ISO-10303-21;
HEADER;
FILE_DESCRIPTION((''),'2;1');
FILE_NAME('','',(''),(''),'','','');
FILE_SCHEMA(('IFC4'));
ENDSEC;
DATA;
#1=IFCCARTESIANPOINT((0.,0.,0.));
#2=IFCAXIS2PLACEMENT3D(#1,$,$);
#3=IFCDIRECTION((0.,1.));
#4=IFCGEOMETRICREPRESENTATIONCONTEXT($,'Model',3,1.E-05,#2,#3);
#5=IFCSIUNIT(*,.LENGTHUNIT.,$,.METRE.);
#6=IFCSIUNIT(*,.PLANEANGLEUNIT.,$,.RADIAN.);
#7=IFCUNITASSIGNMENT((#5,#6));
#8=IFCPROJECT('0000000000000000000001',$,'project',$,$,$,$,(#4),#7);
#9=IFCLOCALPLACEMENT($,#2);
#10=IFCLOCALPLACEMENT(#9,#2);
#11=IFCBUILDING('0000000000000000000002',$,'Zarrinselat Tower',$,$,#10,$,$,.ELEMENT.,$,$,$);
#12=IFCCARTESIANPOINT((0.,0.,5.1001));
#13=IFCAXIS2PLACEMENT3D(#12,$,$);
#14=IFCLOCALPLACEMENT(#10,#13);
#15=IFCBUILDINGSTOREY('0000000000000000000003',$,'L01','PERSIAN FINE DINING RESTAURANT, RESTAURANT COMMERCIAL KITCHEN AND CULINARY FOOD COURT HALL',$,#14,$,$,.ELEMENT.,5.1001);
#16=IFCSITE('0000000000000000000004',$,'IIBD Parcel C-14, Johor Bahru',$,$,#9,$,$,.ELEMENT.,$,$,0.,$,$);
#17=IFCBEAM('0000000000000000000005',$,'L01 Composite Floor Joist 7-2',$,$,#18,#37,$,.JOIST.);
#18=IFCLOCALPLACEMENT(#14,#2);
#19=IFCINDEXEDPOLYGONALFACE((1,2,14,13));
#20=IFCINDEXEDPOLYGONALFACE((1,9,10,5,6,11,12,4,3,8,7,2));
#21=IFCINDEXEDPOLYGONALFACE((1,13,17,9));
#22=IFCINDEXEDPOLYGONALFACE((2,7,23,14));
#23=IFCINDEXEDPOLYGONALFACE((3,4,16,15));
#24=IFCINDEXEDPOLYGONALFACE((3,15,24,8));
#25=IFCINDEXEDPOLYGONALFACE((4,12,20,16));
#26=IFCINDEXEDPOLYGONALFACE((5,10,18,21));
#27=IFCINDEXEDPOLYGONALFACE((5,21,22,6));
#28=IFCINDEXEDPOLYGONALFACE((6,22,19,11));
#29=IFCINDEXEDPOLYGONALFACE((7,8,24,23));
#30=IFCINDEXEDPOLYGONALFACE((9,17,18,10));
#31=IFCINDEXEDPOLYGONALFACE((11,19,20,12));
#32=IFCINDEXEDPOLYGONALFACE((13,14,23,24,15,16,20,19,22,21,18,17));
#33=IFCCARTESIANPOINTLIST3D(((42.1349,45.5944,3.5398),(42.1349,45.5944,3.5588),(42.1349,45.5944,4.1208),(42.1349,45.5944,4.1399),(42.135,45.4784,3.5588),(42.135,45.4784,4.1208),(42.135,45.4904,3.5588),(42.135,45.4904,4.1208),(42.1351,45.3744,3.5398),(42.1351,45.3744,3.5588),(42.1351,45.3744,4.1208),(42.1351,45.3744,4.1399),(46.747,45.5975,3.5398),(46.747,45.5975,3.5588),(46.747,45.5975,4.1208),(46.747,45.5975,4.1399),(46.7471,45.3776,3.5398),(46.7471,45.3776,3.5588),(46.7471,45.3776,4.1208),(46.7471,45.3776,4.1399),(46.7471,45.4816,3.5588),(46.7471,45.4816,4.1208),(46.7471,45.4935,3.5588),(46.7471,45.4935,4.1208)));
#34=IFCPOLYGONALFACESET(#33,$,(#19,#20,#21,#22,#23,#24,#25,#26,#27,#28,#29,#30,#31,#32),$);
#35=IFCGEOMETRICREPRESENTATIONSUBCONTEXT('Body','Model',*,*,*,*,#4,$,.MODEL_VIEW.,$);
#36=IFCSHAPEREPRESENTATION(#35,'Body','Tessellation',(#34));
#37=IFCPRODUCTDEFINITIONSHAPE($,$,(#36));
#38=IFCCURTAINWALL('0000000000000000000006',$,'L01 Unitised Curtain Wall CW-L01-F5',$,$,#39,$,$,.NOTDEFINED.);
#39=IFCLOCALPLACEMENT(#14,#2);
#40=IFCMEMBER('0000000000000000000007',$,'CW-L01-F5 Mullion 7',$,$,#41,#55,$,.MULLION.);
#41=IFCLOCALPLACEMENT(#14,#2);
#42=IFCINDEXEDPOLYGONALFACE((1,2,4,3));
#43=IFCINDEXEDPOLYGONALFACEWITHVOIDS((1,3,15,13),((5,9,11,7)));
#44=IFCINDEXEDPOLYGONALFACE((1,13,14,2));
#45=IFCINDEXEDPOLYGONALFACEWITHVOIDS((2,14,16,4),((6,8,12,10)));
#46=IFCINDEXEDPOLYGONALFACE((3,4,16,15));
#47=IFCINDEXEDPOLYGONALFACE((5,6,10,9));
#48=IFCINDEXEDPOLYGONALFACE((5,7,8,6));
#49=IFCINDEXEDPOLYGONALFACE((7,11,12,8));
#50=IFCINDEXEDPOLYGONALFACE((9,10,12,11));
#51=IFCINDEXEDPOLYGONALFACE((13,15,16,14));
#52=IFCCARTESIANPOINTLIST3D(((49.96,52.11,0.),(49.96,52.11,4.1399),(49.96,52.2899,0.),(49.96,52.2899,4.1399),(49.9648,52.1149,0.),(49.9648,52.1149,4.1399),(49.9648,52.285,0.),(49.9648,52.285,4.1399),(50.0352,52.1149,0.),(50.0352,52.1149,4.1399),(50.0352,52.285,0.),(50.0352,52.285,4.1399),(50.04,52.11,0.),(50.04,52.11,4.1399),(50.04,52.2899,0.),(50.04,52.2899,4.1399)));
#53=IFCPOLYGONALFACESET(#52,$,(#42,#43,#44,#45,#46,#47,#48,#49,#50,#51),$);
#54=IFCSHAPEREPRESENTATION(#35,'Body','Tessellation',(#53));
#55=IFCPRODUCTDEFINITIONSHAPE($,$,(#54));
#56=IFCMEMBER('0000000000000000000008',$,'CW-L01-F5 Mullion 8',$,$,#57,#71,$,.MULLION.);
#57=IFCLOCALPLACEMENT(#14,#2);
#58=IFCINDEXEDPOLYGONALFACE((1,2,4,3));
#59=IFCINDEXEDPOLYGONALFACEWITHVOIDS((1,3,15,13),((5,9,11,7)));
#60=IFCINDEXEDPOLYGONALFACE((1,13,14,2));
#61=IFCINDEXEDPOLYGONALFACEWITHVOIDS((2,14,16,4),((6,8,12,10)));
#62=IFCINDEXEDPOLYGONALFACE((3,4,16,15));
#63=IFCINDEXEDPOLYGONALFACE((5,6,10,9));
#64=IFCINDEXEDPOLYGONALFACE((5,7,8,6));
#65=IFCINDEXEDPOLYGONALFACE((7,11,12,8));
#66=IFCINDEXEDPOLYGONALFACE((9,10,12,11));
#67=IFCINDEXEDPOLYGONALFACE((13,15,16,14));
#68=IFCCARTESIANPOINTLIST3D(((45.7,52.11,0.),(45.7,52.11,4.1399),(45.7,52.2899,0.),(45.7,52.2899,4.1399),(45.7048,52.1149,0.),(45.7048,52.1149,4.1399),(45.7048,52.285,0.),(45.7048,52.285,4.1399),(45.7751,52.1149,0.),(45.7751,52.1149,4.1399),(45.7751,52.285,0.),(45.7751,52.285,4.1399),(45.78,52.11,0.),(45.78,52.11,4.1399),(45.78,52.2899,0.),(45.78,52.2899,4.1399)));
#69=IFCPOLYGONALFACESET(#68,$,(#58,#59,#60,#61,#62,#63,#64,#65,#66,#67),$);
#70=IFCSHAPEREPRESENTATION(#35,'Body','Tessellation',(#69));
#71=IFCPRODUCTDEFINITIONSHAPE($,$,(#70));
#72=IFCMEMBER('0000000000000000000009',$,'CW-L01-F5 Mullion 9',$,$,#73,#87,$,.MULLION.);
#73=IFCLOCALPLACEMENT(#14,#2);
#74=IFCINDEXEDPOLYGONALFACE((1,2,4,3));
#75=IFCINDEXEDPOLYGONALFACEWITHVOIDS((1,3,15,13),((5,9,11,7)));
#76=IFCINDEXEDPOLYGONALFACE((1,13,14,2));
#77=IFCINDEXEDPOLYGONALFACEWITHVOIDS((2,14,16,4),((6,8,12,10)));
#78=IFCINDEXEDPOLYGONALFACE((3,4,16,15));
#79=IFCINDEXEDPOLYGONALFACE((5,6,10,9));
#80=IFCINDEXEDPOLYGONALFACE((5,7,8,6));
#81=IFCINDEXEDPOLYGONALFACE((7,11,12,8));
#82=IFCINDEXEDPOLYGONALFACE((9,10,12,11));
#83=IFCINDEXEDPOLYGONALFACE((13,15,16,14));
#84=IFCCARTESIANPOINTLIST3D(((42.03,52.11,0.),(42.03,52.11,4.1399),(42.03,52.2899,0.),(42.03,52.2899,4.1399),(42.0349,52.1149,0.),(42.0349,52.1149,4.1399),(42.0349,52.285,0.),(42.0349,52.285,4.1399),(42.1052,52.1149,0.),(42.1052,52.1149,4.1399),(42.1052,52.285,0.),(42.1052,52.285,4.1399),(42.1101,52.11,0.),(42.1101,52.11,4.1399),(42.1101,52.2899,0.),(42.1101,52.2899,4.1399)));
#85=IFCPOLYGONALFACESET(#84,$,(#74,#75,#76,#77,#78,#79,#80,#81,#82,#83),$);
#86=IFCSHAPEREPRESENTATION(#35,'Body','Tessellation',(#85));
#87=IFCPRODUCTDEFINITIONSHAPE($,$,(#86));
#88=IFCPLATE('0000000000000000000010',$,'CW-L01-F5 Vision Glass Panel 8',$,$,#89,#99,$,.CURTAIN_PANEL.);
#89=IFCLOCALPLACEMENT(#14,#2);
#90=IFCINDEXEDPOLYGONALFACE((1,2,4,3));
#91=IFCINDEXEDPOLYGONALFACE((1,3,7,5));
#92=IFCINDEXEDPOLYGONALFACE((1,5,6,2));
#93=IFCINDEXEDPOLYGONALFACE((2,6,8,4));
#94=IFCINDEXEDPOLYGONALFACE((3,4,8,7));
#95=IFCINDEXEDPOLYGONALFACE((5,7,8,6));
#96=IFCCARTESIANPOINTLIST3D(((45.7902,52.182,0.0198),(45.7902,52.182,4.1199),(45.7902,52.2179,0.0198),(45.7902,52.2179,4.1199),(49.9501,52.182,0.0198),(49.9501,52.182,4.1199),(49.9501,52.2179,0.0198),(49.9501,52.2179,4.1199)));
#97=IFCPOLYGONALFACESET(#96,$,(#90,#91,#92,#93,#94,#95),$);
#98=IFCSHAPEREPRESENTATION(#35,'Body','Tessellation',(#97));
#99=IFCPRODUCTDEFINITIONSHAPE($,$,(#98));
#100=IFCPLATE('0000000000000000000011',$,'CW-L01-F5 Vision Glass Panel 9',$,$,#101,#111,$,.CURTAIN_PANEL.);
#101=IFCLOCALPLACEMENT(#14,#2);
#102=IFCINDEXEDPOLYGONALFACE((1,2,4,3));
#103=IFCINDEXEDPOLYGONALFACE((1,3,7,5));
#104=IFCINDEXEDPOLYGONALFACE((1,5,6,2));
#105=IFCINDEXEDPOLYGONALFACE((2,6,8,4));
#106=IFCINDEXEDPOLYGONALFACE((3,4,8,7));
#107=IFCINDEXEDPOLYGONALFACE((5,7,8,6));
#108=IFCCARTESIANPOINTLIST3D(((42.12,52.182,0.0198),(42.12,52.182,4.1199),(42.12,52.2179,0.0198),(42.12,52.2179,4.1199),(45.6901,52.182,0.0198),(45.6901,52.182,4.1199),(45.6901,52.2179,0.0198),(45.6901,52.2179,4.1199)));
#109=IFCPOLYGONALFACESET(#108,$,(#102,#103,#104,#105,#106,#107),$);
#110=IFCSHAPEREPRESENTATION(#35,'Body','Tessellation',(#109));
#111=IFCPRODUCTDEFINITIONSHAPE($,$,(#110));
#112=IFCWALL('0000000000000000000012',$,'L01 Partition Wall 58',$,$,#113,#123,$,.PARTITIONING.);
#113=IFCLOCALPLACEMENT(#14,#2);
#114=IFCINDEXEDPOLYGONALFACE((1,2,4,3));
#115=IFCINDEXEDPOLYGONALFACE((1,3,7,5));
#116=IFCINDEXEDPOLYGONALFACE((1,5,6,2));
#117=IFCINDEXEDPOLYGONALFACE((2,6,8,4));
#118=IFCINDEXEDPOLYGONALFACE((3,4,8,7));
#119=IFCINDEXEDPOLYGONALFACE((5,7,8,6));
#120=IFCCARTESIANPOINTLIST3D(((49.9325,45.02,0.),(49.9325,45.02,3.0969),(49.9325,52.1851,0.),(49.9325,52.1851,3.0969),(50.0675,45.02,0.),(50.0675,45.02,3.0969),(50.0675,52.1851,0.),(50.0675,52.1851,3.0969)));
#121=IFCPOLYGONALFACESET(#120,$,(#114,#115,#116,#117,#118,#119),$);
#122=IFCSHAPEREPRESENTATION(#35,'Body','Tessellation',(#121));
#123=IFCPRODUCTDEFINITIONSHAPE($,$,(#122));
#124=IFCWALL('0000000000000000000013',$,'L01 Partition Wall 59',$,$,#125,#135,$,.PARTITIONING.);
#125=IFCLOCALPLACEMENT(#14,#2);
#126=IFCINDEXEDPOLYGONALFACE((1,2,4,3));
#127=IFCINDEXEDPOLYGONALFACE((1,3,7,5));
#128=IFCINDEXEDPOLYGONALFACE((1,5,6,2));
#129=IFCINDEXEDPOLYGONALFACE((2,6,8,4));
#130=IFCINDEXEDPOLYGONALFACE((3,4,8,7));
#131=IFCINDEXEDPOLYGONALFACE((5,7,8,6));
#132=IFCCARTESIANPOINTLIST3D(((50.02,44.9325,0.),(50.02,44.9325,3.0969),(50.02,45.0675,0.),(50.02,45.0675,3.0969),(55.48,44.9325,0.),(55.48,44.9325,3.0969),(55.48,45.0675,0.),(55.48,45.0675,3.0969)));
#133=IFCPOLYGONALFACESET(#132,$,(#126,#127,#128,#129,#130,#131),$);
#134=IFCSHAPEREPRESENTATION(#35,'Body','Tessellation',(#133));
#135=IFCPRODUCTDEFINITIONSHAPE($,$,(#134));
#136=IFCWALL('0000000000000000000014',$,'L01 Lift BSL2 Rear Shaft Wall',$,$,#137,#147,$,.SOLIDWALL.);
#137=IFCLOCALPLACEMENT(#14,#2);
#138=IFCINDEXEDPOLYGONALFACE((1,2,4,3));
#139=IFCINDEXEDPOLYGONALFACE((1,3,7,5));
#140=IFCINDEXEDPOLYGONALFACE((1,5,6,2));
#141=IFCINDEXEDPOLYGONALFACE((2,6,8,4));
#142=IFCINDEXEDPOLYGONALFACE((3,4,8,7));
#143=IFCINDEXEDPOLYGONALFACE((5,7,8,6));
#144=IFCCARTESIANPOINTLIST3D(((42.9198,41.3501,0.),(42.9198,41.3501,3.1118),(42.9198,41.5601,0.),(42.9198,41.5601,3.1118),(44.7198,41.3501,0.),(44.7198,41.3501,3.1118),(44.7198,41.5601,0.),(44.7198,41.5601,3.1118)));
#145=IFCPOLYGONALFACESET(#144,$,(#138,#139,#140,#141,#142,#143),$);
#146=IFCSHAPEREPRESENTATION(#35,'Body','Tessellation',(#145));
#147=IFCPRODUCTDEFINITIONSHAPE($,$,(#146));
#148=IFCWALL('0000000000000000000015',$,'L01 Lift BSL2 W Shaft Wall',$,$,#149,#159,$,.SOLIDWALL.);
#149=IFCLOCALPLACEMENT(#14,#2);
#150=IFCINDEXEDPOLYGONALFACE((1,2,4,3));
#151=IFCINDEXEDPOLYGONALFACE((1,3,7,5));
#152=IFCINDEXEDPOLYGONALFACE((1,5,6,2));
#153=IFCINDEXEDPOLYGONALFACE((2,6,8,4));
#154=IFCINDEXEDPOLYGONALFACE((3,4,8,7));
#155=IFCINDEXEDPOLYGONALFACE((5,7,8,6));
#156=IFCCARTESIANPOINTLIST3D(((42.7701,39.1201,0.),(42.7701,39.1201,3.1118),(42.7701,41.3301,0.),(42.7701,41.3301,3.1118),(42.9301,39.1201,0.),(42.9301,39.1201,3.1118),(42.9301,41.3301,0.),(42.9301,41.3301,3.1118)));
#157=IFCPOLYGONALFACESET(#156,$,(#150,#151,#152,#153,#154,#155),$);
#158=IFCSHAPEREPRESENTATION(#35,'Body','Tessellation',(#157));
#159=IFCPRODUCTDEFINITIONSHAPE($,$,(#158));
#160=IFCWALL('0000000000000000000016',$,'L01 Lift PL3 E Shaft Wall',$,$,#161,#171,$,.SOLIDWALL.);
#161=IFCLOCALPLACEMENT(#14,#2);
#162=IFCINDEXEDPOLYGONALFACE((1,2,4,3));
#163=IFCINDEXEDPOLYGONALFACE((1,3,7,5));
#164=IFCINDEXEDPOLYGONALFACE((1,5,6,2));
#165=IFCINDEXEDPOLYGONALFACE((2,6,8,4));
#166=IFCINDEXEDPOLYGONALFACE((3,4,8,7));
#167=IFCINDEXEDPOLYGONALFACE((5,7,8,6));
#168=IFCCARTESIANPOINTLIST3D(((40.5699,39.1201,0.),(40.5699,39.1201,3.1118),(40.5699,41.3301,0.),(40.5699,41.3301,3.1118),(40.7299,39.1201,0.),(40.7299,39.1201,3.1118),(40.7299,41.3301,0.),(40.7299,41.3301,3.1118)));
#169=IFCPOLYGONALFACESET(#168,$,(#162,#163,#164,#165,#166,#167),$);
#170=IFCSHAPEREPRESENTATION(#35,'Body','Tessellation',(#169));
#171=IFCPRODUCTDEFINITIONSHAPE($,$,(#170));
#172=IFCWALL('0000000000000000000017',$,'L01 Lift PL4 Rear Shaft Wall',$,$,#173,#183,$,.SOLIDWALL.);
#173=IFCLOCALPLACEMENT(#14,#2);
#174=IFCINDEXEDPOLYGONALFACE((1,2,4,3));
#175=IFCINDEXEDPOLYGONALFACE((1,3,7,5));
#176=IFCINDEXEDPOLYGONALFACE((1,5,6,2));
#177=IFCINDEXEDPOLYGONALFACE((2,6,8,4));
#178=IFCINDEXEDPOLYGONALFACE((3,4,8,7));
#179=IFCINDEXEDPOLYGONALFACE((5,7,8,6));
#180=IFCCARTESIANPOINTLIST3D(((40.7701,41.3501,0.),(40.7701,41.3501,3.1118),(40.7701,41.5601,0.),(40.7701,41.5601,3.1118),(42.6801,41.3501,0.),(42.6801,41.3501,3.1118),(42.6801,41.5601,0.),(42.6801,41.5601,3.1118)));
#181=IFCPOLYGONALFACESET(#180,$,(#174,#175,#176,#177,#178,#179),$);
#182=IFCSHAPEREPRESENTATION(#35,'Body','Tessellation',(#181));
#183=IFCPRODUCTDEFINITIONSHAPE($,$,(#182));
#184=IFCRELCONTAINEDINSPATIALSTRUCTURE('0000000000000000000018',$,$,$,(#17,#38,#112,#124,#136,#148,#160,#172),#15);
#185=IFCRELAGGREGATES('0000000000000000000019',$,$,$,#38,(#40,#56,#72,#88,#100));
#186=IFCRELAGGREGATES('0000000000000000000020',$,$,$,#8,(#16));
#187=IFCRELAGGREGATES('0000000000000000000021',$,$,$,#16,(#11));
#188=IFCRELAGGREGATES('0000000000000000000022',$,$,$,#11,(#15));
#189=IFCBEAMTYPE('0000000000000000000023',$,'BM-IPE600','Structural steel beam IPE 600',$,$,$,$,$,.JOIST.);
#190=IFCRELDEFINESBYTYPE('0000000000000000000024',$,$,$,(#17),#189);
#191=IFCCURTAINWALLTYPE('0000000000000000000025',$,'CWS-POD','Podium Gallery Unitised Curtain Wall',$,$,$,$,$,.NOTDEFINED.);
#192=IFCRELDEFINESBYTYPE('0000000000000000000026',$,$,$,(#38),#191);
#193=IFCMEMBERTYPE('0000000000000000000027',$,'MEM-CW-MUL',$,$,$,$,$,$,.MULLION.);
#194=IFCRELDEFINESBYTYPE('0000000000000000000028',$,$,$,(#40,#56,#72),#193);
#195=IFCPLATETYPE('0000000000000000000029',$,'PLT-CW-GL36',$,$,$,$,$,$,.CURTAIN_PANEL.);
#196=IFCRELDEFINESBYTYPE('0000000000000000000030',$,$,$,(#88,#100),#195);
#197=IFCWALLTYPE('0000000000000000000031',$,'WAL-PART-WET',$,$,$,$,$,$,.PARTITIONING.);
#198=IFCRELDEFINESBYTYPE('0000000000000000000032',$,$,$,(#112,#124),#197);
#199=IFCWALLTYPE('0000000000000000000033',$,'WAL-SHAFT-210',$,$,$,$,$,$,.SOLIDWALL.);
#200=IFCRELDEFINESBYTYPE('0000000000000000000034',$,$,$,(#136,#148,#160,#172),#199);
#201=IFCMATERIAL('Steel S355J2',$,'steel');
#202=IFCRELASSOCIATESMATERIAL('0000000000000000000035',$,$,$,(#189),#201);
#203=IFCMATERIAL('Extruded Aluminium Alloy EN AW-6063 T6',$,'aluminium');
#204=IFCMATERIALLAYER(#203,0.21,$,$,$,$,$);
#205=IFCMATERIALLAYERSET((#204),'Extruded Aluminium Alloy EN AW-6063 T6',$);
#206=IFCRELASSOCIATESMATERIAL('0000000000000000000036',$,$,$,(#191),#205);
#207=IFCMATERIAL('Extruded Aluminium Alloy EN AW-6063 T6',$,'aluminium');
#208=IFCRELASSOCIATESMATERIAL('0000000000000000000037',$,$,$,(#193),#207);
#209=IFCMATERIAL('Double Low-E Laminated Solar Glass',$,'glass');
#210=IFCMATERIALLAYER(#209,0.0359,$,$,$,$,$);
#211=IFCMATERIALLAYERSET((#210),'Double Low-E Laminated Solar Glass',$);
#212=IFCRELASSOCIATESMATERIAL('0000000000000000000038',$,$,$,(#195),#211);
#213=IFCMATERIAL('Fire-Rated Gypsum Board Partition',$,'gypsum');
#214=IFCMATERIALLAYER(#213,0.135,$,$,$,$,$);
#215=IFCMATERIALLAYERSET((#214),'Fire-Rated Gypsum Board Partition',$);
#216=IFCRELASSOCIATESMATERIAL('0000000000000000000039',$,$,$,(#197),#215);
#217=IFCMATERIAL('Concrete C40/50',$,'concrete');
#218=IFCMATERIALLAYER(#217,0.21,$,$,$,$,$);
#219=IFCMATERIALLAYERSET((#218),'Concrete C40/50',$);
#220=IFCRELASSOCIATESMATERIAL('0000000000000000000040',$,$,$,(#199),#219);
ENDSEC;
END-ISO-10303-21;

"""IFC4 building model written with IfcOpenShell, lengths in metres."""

from ifc_helpers import new_model, si_unit, direction, frame, frame_2d, origin, origin_2d, place, context, subcontext, project, spatial, rectangle, hollow_rectangle, i_section, extrude, material, layer, layer_set, material_profile, profile_set, type_object, element, aggregate, save


model = new_model("IFC4")

# Units and contexts
model_context = context("Model", 3, precision=1e-05, world=origin(), true_north=direction((0.0, 1.0)))
body_context = subcontext(model_context, "Body", "Model", "MODEL_VIEW")
ifc_project = project(units=[si_unit("LENGTHUNIT", "METRE"), si_unit("PLANEANGLEUNIT", "RADIAN")], contexts=[model_context])

# Site, building, storey
site_placement = place(None, origin())
site = spatial("IfcSite", under=ifc_project, at=site_placement, Name="IIBD Parcel C-14, Johor Bahru", CompositionType="ELEMENT", RefElevation=0.0)
building_placement = place(site_placement, origin())
building = spatial("IfcBuilding", under=site, at=building_placement, Name="Zarrinselat Tower", CompositionType="ELEMENT")
storey_placement = place(building_placement, frame((0.0, 0.0, 5.1001)))
storey = spatial("IfcBuildingStorey", under=building, at=storey_placement, Name="L01", Description="PERSIAN FINE DINING RESTAURANT, RESTAURANT COMMERCIAL KITCHEN AND CULINARY FOOD COURT HALL", CompositionType="ELEMENT", Elevation=5.1001)

# Beam
ifc_material_1 = material(Name="Steel S355J2", Category="steel")
ifc_material_profile_1 = material_profile(ifc_material_1, i_section(OverallWidth=0.22, OverallDepth=0.6001, WebThickness=0.012, FlangeThickness=0.019, at=origin_2d()), Name="IPE 600")
ifc_profile_set_1 = profile_set([ifc_material_profile_1], Name="Steel S355J2")
beam_type_1 = type_object("IfcBeamType", Name="BM-IPE600", Description="Structural steel beam IPE 600", PredefinedType="JOIST", material=ifc_profile_set_1)
beam_1_placement = place(storey_placement, frame((42.135, 45.4844, 3.8398), z_axis=(1.0, 0.000688, 0.0), x_axis=(-0.000688, 1.0, 0.0)))
element("IfcBeam", 1, at=beam_1_placement, inside=storey, type_object=beam_type_1, Name="L01 Composite Floor Joist 7-2", PredefinedType="JOIST", context=body_context, shape_type="SweptSolid", body=[
    extrude(i_section(OverallWidth=0.22, OverallDepth=0.6001, WebThickness=0.012, FlangeThickness=0.019, at=origin_2d()), origin(), (0.0, 0.0, 1.0), 4.6121),
])

# Curtain wall, members, plates
ifc_material_2 = material(Name="Extruded Aluminium Alloy EN AW-6063 T6", Category="aluminium")
ifc_layer_1 = layer(ifc_material_2, 0.21)
ifc_layer_set_1 = layer_set([ifc_layer_1], Name="Extruded Aluminium Alloy EN AW-6063 T6")
curtain_wall_type = type_object("IfcCurtainWallType", Name="CWS-POD", Description="Podium Gallery Unitised Curtain Wall", PredefinedType="NOTDEFINED", material=ifc_layer_set_1)
curtain_wall_placement = place(storey_placement, origin())
curtain_wall = element("IfcCurtainWall", 2, at=curtain_wall_placement, inside=storey, type_object=curtain_wall_type, Name="L01 Unitised Curtain Wall CW-L01-F5", PredefinedType="NOTDEFINED")
ifc_material_3 = material(Name="Extruded Aluminium Alloy EN AW-6063 T6", Category="aluminium")
ifc_material_profile_2 = material_profile(ifc_material_3, hollow_rectangle(XDim=0.0801, YDim=0.1799, WallThickness=0.0049, at=origin_2d()), Name="RHS 180x80x5")
ifc_profile_set_2 = profile_set([ifc_material_profile_2], Name="Extruded Aluminium Alloy EN AW-6063 T6")
member_type = type_object("IfcMemberType", Name="MEM-CW-MUL", PredefinedType="MULLION", material=ifc_profile_set_2)
member_1_placement = place(storey_placement, frame((50.0, 52.2, 0.0), z_axis=(0.0, 0.0, 1.0), x_axis=(-1.0, 0.0, 0.0)))
member_1 = element("IfcMember", 3, at=member_1_placement, type_object=member_type, Name="CW-L01-F5 Mullion 7", PredefinedType="MULLION", context=body_context, shape_type="SweptSolid", body=[
    extrude(hollow_rectangle(XDim=0.0801, YDim=0.1799, WallThickness=0.0049, at=origin_2d()), origin(), (0.0, 0.0, 1.0), 4.1399),
])
member_2_placement = place(storey_placement, frame((45.74, 52.2, 0.0), z_axis=(0.0, 0.0, 1.0), x_axis=(-1.0, 0.0, 0.0)))
member_2 = element("IfcMember", 4, at=member_2_placement, type_object=member_type, Name="CW-L01-F5 Mullion 8", PredefinedType="MULLION", context=body_context, shape_type="SweptSolid", body=[
    extrude(hollow_rectangle(XDim=0.0801, YDim=0.1799, WallThickness=0.0049, at=origin_2d()), origin(), (0.0, 0.0, 1.0), 4.1399),
])
member_3_placement = place(storey_placement, frame((42.0701, 52.2, 0.0), z_axis=(0.0, 0.0, 1.0), x_axis=(-1.0, 0.0, 0.0)))
member_3 = element("IfcMember", 5, at=member_3_placement, type_object=member_type, Name="CW-L01-F5 Mullion 9", PredefinedType="MULLION", context=body_context, shape_type="SweptSolid", body=[
    extrude(hollow_rectangle(XDim=0.0801, YDim=0.1799, WallThickness=0.0049, at=origin_2d()), origin(), (0.0, 0.0, 1.0), 4.1399),
])
ifc_material_4 = material(Name="Double Low-E Laminated Solar Glass", Category="glass")
ifc_layer_2 = layer(ifc_material_4, 0.0359)
ifc_layer_set_2 = layer_set([ifc_layer_2], Name="Double Low-E Laminated Solar Glass")
plate_type = type_object("IfcPlateType", Name="PLT-CW-GL36", PredefinedType="CURTAIN_PANEL", material=ifc_layer_set_2)
plate_1_placement = place(storey_placement, frame((47.8701, 52.2, 0.0198), z_axis=(0.0, 0.0, 1.0), x_axis=(-1.0, 0.0, 0.0)))
plate_1 = element("IfcPlate", 6, at=plate_1_placement, type_object=plate_type, Name="CW-L01-F5 Vision Glass Panel 8", PredefinedType="CURTAIN_PANEL", context=body_context, shape_type="SweptSolid", body=[
    extrude(rectangle(XDim=4.1599, YDim=0.0359, at=origin_2d()), origin(), (0.0, 0.0, 1.0), 4.1001),
])
plate_2_placement = place(storey_placement, frame((43.905, 52.2, 0.0198), z_axis=(0.0, 0.0, 1.0), x_axis=(-1.0, 0.0, 0.0)))
plate_2 = element("IfcPlate", 7, at=plate_2_placement, type_object=plate_type, Name="CW-L01-F5 Vision Glass Panel 9", PredefinedType="CURTAIN_PANEL", context=body_context, shape_type="SweptSolid", body=[
    extrude(rectangle(XDim=3.5701, YDim=0.0359, at=origin_2d()), origin(), (0.0, 0.0, 1.0), 4.1001),
])
aggregate(curtain_wall, [member_1, member_2, member_3, plate_1, plate_2])

# Walls
ifc_material_5 = material(Name="Fire-Rated Gypsum Board Partition", Category="gypsum")
ifc_layer_3 = layer(ifc_material_5, 0.135)
ifc_layer_set_3 = layer_set([ifc_layer_3], Name="Fire-Rated Gypsum Board Partition")
wall_type_1 = type_object("IfcWallType", Name="WAL-PART-WET", PredefinedType="PARTITIONING", material=ifc_layer_set_3)
wall_1_placement = place(storey_placement, frame((50.0, 45.02, 0.0), z_axis=(0.0, 0.0, 1.0), x_axis=(0.0, 1.0, 0.0)))
element("IfcWall", 8, at=wall_1_placement, inside=storey, type_object=wall_type_1, Name="L01 Partition Wall 58", PredefinedType="PARTITIONING", context=body_context, shape_type="SweptSolid", body=[
    extrude(rectangle(XDim=7.165, YDim=0.135, at=frame_2d((3.5825, 0.0))), origin(), (0.0, 0.0, 1.0), 3.0969),
])
wall_2_placement = place(storey_placement, frame((50.02, 45.0, 0.0), z_axis=(0.0, 0.0, 1.0), x_axis=(1.0, 0.0, 0.0)))
element("IfcWall", 9, at=wall_2_placement, inside=storey, type_object=wall_type_1, Name="L01 Partition Wall 59", PredefinedType="PARTITIONING", context=body_context, shape_type="SweptSolid", body=[
    extrude(rectangle(XDim=5.46, YDim=0.135, at=frame_2d((2.73, 0.0))), origin(), (0.0, 0.0, 1.0), 3.0969),
])
ifc_material_6 = material(Name="Concrete C40/50", Category="concrete")
ifc_layer_4 = layer(ifc_material_6, 0.21)
ifc_layer_set_4 = layer_set([ifc_layer_4], Name="Concrete C40/50")
wall_type_2 = type_object("IfcWallType", Name="WAL-SHAFT-210", PredefinedType="SOLIDWALL", material=ifc_layer_set_4)
wall_3_placement = place(storey_placement, frame((42.9199, 41.4551, 0.0), z_axis=(0.0, 0.0, 1.0), x_axis=(1.0, 0.0, 0.0)))
element("IfcWall", 10, at=wall_3_placement, inside=storey, type_object=wall_type_2, Name="L01 Lift BSL2 Rear Shaft Wall", PredefinedType="SOLIDWALL", context=body_context, shape_type="SweptSolid", body=[
    extrude(rectangle(XDim=1.8, YDim=0.21, at=frame_2d((0.8999, 0.0))), origin(), (0.0, 0.0, 1.0), 3.1118),
])
for number, where, z_axis, x_axis, name in (
    (11, (42.8501, 39.1201, 0.0), (0.0, 0.0, 1.0), (0.0, 1.0, 0.0), "L01 Lift BSL2 W Shaft Wall"),
    (12, (40.6499, 39.1201, 0.0), (0.0, 0.0, 1.0), (0.0, 1.0, 0.0), "L01 Lift PL3 E Shaft Wall"),
):
    element("IfcWall", number, at=place(storey_placement, frame(where, z_axis=z_axis, x_axis=x_axis)), inside=storey, type_object=wall_type_2, Name=name, PredefinedType="SOLIDWALL", context=body_context, shape_type="SweptSolid", body=[
        extrude(rectangle(XDim=2.21, YDim=0.1599, at=frame_2d((1.105, 0.0))), origin(), (0.0, 0.0, 1.0), 3.1118),
    ])
wall_4_placement = place(storey_placement, frame((40.77, 41.4551, 0.0), z_axis=(0.0, 0.0, 1.0), x_axis=(1.0, 0.0, 0.0)))
element("IfcWall", 13, at=wall_4_placement, inside=storey, type_object=wall_type_2, Name="L01 Lift PL4 Rear Shaft Wall", PredefinedType="SOLIDWALL", context=body_context, shape_type="SweptSolid", body=[
    extrude(rectangle(XDim=1.9099, YDim=0.21, at=frame_2d((0.9551, 0.0))), origin(), (0.0, 0.0, 1.0), 3.1118),
])

save(model, "model.ifc")
